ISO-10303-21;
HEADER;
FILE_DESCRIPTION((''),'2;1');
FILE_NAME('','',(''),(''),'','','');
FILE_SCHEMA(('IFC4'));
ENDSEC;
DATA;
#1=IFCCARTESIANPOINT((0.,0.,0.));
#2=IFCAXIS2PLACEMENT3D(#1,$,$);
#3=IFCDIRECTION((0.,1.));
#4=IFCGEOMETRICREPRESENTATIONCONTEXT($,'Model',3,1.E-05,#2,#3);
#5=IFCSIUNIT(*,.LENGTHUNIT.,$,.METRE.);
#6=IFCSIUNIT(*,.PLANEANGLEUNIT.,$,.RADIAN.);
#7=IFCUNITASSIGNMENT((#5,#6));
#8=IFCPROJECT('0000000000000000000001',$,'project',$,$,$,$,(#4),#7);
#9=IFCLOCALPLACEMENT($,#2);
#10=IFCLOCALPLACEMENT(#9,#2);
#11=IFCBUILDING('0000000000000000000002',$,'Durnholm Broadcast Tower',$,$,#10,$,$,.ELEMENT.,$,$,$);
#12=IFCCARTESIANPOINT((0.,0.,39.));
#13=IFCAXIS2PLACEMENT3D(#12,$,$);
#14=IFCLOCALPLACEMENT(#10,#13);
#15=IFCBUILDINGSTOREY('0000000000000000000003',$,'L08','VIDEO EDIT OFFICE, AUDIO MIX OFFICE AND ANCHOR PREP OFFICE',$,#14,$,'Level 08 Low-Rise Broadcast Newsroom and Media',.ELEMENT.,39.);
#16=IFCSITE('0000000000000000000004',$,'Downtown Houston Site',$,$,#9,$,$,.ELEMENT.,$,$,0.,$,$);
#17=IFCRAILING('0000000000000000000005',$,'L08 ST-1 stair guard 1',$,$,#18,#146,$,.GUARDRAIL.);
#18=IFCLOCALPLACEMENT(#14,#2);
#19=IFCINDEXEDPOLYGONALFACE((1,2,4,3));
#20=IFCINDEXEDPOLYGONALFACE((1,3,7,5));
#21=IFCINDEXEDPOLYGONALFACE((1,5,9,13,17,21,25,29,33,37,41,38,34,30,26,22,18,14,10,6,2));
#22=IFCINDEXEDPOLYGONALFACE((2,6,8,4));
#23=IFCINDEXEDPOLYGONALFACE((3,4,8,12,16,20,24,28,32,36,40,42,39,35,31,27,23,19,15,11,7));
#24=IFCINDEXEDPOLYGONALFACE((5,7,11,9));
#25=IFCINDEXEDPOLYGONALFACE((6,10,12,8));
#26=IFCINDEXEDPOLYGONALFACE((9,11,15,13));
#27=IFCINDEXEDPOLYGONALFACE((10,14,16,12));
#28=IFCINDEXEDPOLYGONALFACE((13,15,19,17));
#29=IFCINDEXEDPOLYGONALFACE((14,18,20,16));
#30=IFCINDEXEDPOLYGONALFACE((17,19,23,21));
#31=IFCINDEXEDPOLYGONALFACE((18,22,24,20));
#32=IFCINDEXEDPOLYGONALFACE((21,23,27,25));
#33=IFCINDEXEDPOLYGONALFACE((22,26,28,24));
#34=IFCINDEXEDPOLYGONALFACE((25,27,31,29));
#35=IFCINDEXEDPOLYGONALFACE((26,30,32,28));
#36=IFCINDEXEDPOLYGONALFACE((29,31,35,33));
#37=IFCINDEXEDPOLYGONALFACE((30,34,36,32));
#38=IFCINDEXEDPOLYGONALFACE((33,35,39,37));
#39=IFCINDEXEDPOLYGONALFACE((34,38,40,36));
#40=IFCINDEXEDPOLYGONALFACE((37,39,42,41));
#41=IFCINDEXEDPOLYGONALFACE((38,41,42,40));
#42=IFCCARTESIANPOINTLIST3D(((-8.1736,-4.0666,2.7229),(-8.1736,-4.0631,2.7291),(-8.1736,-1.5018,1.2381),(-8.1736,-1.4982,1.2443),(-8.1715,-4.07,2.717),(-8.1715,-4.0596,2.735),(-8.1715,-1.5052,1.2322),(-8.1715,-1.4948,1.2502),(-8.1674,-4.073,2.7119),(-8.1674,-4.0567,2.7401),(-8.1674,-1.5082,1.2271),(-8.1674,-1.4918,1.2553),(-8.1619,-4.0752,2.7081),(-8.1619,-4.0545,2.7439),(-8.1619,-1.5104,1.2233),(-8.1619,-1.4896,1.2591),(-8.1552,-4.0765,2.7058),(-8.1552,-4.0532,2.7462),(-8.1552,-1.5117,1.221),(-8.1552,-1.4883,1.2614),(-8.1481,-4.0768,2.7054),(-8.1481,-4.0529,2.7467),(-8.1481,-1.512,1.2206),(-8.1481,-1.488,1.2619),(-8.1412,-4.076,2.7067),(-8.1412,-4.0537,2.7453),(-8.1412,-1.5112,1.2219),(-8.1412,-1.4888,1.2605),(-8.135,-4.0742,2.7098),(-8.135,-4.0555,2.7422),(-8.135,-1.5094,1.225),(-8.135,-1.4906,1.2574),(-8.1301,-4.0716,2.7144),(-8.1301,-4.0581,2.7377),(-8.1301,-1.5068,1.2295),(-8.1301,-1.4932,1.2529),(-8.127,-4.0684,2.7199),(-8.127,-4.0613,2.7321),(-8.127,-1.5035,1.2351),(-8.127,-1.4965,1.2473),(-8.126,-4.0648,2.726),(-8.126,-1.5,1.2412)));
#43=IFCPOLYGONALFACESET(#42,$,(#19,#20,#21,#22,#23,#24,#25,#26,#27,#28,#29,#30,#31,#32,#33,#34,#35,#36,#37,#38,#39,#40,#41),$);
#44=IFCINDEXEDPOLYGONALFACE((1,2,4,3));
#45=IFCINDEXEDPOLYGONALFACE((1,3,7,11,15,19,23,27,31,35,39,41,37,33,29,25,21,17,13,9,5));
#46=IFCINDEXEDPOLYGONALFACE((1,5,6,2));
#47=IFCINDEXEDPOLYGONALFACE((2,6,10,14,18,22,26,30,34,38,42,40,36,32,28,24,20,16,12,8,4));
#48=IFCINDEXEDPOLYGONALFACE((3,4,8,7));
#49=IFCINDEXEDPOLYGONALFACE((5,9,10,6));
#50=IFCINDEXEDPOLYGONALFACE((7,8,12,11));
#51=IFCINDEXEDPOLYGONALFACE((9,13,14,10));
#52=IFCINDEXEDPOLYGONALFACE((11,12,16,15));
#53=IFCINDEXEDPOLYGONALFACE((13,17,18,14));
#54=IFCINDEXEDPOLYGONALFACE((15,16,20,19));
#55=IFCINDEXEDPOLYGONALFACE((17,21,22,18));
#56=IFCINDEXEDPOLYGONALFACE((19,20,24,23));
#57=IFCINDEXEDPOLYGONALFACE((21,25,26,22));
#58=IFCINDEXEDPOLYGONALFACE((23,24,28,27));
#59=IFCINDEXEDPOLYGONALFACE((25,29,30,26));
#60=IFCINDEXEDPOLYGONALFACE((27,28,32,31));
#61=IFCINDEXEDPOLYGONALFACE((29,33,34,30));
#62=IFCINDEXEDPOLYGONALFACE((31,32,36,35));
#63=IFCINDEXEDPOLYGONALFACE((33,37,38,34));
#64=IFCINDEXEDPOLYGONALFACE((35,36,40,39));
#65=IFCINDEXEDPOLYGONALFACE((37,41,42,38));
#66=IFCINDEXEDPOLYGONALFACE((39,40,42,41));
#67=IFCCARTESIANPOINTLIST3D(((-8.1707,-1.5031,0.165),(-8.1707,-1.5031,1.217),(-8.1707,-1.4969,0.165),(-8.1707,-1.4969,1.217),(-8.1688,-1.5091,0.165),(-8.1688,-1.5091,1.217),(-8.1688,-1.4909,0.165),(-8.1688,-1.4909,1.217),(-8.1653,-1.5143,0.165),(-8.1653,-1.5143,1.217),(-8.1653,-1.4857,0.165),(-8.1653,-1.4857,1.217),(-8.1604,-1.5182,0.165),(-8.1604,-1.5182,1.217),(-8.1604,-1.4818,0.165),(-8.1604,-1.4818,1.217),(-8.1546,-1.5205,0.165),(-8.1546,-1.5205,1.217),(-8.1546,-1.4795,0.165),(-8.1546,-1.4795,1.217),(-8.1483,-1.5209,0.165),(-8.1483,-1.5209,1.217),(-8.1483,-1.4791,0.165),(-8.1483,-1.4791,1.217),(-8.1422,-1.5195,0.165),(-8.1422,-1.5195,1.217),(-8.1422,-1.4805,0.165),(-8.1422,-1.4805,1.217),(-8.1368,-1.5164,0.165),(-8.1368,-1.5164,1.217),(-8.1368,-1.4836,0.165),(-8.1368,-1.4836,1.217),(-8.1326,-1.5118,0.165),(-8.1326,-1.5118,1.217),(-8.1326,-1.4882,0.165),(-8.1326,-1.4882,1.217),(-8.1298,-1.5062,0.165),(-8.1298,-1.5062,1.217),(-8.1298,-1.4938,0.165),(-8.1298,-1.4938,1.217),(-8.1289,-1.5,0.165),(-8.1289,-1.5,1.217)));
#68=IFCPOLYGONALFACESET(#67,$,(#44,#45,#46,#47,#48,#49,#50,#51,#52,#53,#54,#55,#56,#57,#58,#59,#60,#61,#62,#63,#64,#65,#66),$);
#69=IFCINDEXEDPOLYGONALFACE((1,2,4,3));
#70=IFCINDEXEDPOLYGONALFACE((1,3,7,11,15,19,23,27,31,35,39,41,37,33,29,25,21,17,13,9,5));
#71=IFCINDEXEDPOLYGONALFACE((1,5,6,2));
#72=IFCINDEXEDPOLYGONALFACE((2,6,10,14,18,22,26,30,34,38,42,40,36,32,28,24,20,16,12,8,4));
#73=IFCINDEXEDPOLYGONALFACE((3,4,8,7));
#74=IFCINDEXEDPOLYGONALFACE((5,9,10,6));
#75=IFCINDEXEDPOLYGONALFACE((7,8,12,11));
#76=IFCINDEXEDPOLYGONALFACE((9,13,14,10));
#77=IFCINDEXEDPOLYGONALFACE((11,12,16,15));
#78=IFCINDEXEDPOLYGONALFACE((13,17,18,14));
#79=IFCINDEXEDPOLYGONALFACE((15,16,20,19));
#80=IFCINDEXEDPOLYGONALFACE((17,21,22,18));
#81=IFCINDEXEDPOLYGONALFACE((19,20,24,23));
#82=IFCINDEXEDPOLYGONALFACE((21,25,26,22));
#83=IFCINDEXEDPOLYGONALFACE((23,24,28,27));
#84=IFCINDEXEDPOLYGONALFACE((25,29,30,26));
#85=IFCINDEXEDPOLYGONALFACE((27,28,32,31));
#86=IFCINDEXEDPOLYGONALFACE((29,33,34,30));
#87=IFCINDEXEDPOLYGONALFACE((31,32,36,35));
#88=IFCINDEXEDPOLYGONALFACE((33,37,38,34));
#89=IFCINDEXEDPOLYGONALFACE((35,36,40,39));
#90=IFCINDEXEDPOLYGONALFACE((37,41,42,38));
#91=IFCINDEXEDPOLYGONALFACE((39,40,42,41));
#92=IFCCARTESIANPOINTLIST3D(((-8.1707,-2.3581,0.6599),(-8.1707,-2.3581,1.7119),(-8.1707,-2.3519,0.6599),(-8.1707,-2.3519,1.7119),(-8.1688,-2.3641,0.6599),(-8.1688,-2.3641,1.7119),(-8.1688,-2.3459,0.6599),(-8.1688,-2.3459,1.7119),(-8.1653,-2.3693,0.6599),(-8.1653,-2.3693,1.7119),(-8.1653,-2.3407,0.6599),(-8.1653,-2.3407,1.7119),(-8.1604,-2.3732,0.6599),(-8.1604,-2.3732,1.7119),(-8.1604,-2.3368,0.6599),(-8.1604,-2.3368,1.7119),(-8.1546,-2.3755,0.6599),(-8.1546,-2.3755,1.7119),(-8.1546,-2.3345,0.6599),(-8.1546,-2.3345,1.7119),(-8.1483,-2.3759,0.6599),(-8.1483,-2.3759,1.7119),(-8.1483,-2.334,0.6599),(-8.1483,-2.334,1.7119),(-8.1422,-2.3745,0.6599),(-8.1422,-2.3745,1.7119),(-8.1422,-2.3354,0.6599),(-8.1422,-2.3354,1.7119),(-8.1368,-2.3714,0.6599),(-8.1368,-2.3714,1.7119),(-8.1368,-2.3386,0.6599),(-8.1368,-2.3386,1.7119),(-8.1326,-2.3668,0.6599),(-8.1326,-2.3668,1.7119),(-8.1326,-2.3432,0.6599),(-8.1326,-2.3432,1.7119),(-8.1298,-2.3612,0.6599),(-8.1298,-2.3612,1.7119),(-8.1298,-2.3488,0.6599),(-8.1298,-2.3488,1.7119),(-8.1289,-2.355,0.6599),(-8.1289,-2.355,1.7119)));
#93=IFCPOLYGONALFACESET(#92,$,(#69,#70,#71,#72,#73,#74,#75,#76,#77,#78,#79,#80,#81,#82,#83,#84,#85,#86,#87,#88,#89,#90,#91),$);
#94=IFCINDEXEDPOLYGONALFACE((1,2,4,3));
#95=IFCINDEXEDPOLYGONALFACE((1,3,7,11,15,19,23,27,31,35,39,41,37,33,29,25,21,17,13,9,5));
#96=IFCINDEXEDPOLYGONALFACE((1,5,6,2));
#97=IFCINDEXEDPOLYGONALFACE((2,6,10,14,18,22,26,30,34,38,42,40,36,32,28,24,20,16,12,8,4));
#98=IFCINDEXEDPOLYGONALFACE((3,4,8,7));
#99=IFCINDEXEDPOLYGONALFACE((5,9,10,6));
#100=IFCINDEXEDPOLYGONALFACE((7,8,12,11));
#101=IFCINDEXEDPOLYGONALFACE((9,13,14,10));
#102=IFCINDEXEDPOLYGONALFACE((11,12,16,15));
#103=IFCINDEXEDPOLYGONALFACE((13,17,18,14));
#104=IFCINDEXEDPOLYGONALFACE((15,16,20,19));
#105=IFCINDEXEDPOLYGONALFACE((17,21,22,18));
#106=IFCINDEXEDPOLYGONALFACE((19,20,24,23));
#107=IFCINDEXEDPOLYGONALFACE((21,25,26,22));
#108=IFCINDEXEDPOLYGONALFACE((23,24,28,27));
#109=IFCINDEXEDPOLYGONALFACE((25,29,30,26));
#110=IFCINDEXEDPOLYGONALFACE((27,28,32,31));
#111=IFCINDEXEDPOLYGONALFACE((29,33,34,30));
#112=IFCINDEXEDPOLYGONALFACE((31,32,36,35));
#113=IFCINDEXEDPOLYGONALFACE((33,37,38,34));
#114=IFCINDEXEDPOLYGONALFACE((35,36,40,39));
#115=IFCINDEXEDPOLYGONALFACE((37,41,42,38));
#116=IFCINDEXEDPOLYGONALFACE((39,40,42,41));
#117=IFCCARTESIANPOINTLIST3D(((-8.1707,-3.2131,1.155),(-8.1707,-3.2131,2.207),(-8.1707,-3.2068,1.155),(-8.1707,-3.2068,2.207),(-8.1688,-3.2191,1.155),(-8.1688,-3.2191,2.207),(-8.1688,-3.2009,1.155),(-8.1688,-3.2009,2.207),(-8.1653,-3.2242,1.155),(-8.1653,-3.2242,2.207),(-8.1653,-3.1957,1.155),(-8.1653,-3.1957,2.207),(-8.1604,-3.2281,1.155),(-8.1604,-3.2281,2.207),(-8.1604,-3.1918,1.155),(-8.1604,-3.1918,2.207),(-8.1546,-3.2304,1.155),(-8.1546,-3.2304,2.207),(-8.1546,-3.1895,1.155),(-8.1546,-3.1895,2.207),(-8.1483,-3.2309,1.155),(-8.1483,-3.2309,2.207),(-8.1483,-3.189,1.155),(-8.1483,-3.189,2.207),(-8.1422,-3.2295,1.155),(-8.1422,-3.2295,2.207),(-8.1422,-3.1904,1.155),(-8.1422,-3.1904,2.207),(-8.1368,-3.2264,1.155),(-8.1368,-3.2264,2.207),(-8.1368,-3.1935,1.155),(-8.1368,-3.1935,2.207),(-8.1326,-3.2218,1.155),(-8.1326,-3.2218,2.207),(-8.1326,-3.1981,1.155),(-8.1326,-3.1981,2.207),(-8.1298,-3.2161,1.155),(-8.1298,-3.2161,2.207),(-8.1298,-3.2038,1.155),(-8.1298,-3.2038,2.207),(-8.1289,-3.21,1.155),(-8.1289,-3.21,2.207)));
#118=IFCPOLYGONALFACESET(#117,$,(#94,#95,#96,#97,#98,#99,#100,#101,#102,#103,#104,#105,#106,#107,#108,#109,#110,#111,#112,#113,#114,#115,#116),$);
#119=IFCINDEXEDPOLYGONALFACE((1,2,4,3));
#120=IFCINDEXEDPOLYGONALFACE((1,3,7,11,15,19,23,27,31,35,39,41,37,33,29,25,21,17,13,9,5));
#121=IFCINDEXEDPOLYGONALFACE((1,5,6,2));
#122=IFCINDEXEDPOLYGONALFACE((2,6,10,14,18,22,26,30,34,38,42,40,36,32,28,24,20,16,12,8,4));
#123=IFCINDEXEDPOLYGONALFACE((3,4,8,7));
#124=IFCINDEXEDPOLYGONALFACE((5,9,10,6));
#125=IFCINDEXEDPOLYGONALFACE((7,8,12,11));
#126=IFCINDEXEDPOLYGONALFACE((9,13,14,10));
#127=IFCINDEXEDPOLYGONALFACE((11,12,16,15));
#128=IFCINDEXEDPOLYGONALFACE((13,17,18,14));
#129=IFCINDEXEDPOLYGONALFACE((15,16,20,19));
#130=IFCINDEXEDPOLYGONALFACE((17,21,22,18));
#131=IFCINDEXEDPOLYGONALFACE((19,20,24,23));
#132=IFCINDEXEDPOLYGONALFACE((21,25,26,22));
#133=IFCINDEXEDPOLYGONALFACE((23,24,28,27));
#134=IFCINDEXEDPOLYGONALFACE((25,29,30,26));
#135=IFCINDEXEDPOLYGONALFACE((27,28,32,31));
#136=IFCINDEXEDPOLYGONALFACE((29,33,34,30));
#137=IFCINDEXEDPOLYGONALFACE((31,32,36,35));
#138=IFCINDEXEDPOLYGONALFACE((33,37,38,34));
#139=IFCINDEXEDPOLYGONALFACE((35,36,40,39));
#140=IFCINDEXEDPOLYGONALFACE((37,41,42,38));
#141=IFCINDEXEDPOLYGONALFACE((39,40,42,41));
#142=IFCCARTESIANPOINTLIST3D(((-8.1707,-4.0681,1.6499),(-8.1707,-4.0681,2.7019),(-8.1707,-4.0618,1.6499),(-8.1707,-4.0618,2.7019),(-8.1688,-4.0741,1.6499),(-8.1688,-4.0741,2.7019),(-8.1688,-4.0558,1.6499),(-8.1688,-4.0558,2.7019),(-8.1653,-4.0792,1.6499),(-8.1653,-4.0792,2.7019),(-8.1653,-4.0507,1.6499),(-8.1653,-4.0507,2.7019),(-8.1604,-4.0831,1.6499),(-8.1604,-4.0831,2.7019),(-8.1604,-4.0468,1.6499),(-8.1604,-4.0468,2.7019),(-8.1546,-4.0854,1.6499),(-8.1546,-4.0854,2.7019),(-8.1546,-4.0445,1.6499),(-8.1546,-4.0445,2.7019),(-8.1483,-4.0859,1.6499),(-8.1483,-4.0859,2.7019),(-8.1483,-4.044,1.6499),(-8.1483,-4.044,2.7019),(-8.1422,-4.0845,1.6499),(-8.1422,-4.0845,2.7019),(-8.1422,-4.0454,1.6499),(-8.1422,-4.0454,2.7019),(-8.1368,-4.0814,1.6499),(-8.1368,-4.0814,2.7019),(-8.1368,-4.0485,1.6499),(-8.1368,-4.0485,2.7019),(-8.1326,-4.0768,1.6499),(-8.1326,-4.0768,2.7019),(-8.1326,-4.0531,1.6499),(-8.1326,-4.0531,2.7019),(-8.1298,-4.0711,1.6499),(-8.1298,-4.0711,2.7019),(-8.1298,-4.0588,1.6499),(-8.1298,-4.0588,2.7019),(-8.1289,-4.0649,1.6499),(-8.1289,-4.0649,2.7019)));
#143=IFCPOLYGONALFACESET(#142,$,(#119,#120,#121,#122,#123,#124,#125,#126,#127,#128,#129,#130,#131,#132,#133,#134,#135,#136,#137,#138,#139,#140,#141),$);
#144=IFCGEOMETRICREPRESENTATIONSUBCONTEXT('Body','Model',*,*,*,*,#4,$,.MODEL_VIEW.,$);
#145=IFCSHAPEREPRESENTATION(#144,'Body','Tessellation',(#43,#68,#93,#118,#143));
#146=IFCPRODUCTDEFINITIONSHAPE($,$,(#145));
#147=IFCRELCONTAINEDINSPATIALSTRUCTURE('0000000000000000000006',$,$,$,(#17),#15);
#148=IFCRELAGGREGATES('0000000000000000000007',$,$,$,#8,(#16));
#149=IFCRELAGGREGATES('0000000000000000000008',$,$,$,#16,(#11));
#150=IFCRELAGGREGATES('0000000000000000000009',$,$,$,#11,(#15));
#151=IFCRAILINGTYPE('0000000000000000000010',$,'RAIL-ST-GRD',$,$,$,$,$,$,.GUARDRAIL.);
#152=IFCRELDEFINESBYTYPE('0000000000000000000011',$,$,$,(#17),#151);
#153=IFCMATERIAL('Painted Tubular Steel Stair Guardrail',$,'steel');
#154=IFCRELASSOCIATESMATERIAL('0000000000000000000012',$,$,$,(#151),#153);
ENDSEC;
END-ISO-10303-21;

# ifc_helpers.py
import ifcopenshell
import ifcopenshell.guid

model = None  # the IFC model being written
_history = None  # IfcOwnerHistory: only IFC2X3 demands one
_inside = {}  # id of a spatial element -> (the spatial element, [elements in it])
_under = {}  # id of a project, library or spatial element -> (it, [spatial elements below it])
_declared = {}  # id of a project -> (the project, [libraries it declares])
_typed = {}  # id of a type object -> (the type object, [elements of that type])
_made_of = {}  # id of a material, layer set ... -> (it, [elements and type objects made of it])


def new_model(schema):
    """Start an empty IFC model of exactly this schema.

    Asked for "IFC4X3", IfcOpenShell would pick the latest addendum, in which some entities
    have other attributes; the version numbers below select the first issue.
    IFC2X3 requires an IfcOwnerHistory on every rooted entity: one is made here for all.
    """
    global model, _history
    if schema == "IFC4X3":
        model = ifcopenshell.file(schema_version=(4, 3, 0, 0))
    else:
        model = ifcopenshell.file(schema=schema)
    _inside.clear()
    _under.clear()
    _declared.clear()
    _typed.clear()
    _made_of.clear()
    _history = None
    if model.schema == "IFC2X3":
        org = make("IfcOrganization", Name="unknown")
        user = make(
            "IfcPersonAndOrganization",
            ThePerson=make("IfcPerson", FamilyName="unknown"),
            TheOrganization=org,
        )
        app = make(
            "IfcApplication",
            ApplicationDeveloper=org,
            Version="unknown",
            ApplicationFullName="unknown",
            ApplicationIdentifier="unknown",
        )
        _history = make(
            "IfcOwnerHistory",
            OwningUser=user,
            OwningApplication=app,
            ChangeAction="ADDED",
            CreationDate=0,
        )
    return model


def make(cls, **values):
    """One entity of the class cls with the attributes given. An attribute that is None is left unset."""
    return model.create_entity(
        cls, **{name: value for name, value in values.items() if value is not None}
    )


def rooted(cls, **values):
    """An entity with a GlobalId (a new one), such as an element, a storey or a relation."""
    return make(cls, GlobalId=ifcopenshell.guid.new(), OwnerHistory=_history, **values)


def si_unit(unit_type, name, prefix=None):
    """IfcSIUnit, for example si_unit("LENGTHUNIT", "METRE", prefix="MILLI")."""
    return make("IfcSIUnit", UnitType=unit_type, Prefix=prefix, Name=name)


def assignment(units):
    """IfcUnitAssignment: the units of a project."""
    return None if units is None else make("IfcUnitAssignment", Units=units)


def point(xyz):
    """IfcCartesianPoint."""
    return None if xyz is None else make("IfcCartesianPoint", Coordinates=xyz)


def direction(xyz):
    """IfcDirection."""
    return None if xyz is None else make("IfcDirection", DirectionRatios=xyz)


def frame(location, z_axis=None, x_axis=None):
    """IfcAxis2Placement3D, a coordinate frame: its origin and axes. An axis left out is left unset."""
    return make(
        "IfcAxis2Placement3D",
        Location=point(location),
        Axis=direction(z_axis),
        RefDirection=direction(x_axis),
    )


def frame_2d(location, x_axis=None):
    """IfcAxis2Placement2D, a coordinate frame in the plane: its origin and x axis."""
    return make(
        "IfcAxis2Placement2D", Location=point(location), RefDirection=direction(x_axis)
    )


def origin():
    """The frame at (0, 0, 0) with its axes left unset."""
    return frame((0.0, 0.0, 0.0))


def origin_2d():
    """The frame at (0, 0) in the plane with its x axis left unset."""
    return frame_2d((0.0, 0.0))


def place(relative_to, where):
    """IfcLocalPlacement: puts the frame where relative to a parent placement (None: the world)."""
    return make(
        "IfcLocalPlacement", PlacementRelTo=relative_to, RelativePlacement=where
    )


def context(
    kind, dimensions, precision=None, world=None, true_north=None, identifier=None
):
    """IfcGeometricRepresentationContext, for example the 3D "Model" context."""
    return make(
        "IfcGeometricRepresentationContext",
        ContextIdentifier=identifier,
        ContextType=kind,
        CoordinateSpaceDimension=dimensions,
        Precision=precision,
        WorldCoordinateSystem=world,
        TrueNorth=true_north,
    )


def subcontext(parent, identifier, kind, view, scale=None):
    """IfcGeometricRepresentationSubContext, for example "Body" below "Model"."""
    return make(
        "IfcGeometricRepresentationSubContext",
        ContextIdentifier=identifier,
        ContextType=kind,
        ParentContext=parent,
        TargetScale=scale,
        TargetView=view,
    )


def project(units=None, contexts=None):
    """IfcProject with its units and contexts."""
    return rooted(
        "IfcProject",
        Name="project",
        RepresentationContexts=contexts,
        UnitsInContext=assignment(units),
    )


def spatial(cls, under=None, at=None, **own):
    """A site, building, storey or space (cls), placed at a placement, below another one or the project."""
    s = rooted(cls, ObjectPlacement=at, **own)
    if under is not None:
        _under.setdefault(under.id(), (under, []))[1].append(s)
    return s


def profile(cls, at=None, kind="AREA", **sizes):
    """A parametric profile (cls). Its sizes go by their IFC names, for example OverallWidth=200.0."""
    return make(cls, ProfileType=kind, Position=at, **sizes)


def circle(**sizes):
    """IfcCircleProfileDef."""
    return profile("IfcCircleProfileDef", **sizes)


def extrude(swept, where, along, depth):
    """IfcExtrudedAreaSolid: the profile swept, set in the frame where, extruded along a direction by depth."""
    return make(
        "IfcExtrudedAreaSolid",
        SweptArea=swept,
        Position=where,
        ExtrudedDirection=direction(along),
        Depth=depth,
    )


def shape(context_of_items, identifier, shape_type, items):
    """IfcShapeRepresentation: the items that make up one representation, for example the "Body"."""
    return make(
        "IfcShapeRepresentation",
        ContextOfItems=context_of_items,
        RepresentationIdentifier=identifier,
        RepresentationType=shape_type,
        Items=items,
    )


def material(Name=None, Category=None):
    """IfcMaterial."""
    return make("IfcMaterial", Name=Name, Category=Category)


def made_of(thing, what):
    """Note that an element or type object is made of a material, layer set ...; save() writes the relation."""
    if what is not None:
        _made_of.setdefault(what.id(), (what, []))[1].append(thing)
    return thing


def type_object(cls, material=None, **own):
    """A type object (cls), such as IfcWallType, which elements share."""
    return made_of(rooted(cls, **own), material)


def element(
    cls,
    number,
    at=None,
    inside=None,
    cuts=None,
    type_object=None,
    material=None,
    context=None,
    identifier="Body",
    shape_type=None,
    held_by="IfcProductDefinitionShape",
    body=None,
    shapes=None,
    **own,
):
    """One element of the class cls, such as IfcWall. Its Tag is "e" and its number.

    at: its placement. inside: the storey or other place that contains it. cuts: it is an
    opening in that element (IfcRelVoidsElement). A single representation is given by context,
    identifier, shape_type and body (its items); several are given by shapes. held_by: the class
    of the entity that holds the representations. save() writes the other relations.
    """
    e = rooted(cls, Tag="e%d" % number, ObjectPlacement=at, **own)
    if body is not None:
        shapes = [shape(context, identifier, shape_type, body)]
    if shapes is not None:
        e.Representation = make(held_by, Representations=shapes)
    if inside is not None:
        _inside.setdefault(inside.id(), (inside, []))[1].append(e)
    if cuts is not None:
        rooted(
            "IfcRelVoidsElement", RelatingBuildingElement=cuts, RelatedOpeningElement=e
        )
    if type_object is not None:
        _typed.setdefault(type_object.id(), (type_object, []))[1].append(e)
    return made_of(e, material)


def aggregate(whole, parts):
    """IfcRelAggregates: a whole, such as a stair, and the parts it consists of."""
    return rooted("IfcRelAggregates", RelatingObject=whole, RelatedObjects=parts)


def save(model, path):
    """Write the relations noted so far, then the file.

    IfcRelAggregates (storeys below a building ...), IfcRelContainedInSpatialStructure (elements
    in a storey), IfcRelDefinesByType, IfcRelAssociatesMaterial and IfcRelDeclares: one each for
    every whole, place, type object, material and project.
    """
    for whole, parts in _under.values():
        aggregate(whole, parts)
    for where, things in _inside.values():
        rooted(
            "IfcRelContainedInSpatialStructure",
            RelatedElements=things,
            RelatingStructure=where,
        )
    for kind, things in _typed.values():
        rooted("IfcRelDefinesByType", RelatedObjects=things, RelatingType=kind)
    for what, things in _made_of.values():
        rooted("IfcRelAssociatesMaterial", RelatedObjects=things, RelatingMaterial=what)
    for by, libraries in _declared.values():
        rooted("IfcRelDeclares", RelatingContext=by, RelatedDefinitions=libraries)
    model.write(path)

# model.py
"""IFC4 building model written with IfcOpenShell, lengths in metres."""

from ifc_helpers import new_model, si_unit, direction, frame, origin, origin_2d, place, context, subcontext, project, spatial, circle, extrude, material, type_object, element, save


model = new_model("IFC4")

# Units and contexts
model_context = context("Model", 3, precision=1e-05, world=origin(), true_north=direction((0.0, 1.0)))
body_context = subcontext(model_context, "Body", "Model", "MODEL_VIEW")
ifc_project = project(units=[si_unit("LENGTHUNIT", "METRE"), si_unit("PLANEANGLEUNIT", "RADIAN")], contexts=[model_context])

# Site, building, storey
site_placement = place(None, origin())
site = spatial("IfcSite", under=ifc_project, at=site_placement, Name="Downtown Houston Site", CompositionType="ELEMENT", RefElevation=0.0)
building_placement = place(site_placement, origin())
building = spatial("IfcBuilding", under=site, at=building_placement, Name="Durnholm Broadcast Tower", CompositionType="ELEMENT")
storey_placement = place(building_placement, frame((0.0, 0.0, 39.0)))
storey = spatial("IfcBuildingStorey", under=building, at=storey_placement, Name="L08", Description="VIDEO EDIT OFFICE, AUDIO MIX OFFICE AND ANCHOR PREP OFFICE", LongName="Level 08 Low-Rise Broadcast Newsroom and Media", CompositionType="ELEMENT", Elevation=39.0)

# Railing
ifc_material_1 = material(Name="Painted Tubular Steel Stair Guardrail", Category="steel")
railing_type_1 = type_object("IfcRailingType", Name="RAIL-ST-GRD", PredefinedType="GUARDRAIL", material=ifc_material_1)
railing_1_placement = place(storey_placement, frame((-8.1499, -1.5, 0.165)))
element("IfcRailing", 1, at=railing_1_placement, inside=storey, type_object=railing_type_1, Name="L08 ST-1 stair guard 1", PredefinedType="GUARDRAIL", context=body_context, shape_type="SweptSolid", body=[
    extrude(circle(Radius=0.0239, at=origin_2d()), frame((0.0, 0.0, 1.0762), z_axis=(0.0, -0.865441, 0.50101), x_axis=(1.0, 0.0, 0.0)), (0.0, 0.0, 1.0), 2.9636),
    extrude(circle(Radius=0.021, at=origin_2d()), origin(), (0.0, 0.0, 1.0), 1.052),
    extrude(circle(Radius=0.021, at=origin_2d()), frame((0.0, -0.855, 0.4949)), (0.0, 0.0, 1.0), 1.052),
    extrude(circle(Radius=0.021, at=origin_2d()), frame((0.0, -1.71, 0.99)), (0.0, 0.0, 1.0), 1.052),
    extrude(circle(Radius=0.021, at=origin_2d()), frame((0.0, -2.5649, 1.4849)), (0.0, 0.0, 1.0), 1.052),
])

save(model, "model.ifc")
